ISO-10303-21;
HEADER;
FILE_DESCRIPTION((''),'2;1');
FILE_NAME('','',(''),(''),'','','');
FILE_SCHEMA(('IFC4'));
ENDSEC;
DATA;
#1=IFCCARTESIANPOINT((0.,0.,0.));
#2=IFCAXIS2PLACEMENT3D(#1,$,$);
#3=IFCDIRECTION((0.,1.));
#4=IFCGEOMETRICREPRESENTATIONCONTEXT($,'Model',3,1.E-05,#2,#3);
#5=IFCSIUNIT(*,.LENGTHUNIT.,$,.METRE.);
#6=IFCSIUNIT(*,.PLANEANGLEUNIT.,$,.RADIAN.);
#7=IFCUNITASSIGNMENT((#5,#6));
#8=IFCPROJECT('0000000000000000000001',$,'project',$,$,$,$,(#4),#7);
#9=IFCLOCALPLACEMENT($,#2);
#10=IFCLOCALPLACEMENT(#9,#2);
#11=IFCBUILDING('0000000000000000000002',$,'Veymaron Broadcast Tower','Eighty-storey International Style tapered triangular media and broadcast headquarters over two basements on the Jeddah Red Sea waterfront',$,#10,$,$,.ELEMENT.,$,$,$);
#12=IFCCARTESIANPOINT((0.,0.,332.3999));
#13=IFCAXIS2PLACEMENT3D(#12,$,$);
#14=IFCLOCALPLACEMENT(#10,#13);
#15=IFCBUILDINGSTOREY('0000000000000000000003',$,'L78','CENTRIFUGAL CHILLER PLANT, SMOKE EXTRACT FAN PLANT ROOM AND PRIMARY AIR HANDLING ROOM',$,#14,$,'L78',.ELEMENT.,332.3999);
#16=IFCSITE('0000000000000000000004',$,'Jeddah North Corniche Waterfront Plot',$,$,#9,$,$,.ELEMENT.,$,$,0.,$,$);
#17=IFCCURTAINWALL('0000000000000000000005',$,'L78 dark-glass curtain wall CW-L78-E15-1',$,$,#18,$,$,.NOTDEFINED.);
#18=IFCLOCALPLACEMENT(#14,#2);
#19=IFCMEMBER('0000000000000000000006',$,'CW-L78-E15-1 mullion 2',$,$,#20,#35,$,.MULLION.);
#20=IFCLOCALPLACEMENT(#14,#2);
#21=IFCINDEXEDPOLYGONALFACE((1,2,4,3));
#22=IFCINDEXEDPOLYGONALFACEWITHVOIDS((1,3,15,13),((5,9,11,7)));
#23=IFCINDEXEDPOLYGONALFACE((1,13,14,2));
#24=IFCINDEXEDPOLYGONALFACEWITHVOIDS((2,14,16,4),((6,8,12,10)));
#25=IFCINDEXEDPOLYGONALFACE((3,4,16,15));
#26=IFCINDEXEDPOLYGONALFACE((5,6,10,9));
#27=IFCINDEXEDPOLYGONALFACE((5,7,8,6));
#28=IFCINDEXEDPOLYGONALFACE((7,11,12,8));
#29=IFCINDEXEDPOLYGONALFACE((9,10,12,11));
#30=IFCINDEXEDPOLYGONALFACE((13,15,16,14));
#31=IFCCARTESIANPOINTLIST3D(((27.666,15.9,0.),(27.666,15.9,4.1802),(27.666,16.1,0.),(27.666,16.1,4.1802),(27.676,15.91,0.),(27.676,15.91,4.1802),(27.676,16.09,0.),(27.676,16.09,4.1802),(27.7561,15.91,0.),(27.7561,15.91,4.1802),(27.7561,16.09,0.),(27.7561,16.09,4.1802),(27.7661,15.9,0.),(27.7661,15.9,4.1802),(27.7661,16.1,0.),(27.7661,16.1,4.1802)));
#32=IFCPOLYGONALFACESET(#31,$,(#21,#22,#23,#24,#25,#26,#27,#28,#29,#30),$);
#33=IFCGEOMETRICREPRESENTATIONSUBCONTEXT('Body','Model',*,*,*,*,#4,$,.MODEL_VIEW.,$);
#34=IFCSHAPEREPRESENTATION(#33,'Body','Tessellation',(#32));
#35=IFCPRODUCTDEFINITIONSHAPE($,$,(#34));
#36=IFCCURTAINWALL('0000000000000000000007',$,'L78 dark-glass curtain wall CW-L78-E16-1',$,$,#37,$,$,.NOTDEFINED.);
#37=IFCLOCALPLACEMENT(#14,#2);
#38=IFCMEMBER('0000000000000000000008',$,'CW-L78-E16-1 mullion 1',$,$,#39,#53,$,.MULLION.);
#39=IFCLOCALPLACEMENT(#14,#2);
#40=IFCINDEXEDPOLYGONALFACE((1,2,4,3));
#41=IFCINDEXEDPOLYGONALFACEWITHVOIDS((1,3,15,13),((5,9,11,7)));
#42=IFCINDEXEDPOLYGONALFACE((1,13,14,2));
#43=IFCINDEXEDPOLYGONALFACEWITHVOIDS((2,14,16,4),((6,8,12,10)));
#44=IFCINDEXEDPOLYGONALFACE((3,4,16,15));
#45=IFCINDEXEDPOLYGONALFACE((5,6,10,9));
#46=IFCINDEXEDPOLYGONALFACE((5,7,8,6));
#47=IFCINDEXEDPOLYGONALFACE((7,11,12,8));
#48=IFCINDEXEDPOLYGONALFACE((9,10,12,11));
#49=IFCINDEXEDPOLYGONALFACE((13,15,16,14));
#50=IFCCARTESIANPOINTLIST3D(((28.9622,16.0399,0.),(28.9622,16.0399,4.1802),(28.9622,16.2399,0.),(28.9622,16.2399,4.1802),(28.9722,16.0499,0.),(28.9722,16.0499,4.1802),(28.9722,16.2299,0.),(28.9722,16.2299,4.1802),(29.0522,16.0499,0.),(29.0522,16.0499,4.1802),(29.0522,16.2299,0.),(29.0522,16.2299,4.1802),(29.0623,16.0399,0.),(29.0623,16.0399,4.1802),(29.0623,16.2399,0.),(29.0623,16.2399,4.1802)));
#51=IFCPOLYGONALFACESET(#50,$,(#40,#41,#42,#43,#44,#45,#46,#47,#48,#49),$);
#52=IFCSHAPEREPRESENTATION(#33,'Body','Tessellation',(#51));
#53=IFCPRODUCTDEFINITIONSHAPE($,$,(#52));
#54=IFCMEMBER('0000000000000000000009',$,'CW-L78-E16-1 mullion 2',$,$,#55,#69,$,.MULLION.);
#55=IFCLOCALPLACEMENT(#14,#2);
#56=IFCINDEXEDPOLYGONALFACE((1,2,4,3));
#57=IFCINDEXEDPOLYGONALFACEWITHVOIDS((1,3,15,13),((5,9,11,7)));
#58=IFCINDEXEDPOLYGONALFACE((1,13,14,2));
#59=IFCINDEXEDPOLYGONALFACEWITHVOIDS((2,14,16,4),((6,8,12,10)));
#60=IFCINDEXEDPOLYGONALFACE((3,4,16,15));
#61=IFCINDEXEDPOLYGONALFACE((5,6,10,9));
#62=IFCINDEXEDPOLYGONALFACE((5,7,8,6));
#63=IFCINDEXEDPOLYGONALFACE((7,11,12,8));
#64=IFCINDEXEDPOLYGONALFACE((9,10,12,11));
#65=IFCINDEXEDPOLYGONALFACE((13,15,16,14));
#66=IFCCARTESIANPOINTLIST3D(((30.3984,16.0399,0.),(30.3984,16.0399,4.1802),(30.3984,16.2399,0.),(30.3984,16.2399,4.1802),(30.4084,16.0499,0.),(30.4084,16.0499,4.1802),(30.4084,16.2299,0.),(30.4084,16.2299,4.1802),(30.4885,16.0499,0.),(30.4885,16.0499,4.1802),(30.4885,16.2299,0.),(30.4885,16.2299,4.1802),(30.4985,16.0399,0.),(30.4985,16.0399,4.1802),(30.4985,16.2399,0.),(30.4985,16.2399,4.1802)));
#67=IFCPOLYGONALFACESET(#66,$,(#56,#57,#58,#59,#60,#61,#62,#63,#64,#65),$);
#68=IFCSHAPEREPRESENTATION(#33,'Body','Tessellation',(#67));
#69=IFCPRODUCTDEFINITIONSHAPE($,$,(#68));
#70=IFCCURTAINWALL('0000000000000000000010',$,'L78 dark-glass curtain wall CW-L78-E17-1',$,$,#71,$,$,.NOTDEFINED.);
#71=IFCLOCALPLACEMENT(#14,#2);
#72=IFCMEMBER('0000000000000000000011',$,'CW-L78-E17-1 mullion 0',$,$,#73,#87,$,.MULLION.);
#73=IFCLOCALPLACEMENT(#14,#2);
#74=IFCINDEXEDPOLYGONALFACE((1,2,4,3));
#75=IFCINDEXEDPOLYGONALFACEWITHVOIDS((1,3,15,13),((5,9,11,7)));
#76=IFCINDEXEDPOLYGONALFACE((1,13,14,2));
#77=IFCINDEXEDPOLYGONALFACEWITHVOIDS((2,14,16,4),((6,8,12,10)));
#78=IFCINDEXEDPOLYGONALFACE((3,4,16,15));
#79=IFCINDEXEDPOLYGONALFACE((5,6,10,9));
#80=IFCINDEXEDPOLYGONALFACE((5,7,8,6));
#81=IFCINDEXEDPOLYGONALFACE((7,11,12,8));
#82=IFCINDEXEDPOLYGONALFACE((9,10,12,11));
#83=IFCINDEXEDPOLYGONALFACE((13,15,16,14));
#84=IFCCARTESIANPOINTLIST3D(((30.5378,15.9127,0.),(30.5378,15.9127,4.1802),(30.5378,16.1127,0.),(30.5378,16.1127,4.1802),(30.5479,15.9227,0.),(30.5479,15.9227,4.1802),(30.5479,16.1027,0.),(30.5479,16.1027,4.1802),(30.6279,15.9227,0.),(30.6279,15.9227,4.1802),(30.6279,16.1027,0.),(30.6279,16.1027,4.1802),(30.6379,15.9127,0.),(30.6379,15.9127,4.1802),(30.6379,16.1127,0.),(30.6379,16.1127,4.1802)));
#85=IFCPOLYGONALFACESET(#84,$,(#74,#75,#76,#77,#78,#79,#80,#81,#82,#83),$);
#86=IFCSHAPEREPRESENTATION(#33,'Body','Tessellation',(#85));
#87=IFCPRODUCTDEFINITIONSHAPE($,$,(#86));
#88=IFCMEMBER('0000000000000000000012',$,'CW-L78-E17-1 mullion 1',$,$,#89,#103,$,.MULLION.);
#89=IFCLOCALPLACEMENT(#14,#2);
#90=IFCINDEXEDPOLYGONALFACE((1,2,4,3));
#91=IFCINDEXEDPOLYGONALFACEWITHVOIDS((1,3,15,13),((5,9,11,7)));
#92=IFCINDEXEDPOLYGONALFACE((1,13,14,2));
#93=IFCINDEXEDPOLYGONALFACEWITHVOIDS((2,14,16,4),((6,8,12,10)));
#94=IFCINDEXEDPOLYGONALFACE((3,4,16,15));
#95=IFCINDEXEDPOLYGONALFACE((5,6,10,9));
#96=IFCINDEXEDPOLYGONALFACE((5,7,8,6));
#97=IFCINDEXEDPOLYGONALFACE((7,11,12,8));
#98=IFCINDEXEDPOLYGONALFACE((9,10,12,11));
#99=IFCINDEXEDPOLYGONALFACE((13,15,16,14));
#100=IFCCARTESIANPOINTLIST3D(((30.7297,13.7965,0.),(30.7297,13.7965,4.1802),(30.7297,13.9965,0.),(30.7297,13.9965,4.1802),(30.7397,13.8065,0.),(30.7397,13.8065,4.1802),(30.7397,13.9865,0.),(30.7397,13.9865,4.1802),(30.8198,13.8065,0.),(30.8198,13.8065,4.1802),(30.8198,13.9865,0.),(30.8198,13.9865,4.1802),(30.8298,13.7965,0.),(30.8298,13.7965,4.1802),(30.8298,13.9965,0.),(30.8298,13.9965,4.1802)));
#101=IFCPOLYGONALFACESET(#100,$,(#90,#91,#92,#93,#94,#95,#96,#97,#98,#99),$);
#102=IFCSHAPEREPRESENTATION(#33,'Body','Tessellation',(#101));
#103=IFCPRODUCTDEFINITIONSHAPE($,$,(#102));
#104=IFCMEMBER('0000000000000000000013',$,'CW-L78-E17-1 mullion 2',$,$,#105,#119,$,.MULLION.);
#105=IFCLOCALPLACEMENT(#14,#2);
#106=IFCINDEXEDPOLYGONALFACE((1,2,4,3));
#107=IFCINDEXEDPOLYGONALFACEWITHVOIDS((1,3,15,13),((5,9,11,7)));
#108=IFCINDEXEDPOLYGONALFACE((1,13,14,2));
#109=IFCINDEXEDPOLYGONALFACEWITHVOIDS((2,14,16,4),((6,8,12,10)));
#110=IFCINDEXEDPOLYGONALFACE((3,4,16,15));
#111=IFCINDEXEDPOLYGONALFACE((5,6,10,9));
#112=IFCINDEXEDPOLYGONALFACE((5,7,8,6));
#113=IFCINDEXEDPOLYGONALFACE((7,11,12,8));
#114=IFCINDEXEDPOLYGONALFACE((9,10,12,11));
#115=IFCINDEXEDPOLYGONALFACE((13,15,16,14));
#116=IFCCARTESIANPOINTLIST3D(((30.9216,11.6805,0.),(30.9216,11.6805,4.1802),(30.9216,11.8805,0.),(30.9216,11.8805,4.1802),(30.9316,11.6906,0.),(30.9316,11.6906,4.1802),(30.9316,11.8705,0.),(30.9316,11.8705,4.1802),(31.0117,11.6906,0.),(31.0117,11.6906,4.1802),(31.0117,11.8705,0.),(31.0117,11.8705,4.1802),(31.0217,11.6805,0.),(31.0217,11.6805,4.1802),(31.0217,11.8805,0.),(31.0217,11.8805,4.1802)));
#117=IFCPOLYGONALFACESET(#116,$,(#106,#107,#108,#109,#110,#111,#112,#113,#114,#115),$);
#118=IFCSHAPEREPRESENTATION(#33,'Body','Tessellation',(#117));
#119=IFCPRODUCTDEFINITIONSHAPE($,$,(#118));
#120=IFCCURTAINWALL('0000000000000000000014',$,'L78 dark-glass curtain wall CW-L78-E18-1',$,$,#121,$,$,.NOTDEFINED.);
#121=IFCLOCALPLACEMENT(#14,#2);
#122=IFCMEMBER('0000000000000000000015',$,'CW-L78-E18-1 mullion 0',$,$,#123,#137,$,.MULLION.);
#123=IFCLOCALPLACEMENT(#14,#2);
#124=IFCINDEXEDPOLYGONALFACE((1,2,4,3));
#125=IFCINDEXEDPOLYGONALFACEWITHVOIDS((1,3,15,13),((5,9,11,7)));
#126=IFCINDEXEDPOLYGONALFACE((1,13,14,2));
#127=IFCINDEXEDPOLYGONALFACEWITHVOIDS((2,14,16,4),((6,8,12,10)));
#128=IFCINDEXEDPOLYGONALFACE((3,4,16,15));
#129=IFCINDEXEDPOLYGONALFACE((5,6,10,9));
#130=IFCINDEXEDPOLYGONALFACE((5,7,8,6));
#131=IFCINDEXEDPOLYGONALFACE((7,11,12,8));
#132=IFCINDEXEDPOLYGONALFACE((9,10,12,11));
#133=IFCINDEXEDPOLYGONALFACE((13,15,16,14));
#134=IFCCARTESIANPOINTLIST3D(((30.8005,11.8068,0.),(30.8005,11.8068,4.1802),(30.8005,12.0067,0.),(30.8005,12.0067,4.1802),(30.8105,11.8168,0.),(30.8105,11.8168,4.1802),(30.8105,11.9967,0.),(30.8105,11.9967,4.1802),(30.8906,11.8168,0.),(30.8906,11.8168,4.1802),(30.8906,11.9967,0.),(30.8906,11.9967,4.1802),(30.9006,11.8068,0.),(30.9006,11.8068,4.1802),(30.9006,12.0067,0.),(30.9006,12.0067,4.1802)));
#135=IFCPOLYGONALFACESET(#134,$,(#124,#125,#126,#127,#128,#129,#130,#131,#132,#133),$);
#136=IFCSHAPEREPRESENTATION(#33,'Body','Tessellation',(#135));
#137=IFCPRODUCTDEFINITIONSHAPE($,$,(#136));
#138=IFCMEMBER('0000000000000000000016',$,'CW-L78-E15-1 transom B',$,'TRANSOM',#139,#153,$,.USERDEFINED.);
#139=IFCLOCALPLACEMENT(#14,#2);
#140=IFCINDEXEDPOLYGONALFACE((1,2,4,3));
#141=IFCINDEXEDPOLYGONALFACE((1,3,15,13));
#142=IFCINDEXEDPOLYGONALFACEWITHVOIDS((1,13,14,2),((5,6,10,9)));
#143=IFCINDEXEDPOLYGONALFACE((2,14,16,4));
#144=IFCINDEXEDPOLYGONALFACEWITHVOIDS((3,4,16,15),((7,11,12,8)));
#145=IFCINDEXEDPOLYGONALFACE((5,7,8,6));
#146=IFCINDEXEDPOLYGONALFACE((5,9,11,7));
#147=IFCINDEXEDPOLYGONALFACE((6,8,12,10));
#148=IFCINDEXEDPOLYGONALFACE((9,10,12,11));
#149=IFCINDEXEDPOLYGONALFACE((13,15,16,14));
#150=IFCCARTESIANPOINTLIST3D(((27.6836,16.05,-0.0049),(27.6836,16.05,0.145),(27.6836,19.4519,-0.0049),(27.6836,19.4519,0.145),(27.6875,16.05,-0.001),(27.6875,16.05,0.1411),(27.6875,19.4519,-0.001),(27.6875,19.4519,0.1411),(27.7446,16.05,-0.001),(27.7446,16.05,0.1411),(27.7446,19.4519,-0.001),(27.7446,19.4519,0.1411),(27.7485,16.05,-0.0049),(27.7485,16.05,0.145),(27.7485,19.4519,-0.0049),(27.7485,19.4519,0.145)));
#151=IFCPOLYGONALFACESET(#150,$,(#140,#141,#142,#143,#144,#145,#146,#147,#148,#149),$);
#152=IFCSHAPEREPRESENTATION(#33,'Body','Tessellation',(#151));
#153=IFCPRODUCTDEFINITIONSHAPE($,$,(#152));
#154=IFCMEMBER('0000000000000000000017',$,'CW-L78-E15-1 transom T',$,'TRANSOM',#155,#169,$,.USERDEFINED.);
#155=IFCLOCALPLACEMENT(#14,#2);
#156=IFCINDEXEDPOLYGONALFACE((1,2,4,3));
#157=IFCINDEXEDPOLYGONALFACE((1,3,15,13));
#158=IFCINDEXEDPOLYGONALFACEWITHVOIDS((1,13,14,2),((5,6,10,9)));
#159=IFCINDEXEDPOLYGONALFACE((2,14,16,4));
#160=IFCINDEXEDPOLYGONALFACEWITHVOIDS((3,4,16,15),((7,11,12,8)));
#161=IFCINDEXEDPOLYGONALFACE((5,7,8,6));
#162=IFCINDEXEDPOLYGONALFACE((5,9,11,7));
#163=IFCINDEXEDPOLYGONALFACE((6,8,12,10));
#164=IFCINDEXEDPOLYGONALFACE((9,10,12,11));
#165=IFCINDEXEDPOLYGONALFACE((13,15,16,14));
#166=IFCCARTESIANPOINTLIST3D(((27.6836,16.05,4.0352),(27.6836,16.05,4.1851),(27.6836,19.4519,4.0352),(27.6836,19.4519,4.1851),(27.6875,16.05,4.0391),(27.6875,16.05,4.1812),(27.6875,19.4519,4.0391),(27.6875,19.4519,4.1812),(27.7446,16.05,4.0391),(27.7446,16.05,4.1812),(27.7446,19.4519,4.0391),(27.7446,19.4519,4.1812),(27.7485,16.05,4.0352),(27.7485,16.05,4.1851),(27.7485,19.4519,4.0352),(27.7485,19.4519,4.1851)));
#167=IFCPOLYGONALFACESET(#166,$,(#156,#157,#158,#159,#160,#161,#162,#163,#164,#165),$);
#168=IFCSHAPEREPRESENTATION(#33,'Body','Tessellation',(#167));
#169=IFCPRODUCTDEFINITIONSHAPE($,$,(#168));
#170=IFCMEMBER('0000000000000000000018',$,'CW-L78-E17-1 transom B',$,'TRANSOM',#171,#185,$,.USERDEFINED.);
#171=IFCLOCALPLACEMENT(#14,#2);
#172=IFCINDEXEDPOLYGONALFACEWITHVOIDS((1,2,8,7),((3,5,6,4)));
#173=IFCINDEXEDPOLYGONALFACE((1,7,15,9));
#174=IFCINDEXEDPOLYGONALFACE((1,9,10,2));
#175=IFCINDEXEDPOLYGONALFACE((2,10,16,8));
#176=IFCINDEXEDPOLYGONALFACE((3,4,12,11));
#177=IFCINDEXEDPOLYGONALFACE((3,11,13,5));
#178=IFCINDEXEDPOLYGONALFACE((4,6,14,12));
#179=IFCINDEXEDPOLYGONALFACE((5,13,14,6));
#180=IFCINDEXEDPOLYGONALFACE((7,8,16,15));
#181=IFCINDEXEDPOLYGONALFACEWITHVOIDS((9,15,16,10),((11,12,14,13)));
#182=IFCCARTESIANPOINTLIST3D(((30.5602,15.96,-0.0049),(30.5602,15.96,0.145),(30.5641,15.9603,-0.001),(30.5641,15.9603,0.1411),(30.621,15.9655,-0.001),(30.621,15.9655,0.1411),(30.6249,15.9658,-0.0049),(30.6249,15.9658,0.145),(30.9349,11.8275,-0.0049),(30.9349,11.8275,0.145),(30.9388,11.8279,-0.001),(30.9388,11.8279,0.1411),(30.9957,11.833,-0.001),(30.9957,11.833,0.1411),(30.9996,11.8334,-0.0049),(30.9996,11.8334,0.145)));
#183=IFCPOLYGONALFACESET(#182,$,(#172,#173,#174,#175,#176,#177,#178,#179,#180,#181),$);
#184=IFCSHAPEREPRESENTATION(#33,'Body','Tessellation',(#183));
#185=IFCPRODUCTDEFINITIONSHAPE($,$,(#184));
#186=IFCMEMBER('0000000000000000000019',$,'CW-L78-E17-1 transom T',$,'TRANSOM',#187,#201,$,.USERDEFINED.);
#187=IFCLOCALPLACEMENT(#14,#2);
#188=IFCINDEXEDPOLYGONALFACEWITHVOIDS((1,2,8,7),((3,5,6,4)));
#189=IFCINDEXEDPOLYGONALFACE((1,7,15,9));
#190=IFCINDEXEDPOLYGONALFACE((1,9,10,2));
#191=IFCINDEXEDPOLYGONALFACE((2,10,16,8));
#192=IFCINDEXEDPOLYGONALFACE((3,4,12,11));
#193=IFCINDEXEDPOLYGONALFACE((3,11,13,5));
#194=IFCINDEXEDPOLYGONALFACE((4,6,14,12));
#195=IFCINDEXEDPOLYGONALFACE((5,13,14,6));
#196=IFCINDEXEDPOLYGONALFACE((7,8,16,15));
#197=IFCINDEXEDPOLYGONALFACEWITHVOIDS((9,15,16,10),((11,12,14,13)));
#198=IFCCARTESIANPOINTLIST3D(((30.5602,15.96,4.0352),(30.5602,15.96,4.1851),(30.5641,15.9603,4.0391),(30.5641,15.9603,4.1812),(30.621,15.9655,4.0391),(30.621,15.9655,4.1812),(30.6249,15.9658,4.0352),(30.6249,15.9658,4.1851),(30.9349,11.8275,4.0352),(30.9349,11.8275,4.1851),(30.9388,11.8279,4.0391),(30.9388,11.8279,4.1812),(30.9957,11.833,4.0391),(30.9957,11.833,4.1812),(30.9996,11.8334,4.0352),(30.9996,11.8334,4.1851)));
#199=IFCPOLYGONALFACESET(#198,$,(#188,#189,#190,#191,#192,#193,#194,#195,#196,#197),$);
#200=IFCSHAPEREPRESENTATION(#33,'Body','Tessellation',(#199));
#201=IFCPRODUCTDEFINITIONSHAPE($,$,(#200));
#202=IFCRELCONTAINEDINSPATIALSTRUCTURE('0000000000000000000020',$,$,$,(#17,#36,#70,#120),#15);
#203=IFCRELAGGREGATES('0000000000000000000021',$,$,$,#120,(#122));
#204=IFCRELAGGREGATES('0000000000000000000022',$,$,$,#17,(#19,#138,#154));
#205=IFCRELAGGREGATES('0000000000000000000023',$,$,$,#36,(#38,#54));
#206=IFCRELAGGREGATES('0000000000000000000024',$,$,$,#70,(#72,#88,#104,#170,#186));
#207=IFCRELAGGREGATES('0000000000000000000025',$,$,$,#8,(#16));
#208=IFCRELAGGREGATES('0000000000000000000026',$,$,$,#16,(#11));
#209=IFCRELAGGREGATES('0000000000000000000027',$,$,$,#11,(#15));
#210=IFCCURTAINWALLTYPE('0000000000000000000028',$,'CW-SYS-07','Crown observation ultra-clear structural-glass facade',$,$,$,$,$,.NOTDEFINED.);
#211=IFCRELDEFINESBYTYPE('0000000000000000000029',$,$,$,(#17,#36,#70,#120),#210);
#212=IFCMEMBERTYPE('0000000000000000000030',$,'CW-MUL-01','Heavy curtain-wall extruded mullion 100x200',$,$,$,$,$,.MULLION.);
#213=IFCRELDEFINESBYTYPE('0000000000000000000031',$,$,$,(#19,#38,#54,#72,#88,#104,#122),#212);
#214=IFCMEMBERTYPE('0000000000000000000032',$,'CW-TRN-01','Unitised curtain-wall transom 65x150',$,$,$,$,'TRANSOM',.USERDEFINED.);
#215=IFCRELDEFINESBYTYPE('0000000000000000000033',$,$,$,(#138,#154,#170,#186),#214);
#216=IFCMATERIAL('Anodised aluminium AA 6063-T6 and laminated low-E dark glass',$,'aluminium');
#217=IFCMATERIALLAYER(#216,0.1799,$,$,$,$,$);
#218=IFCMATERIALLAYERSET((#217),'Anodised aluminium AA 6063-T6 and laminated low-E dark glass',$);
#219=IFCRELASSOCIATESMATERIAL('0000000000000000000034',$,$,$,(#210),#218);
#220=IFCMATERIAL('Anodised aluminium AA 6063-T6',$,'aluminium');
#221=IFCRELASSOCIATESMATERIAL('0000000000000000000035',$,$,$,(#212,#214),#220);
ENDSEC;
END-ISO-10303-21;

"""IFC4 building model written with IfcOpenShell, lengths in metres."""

from ifc_helpers import new_model, si_unit, direction, frame, origin, origin_2d, place, context, subcontext, project, spatial, hollow_rectangle, extrude, material, layer, layer_set, material_profile, profile_set, type_object, element, aggregate, save


model = new_model("IFC4")

# Units and contexts
model_context = context("Model", 3, precision=1e-05, world=origin(), true_north=direction((0.0, 1.0)))
body_context = subcontext(model_context, "Body", "Model", "MODEL_VIEW")
ifc_project = project(units=[si_unit("LENGTHUNIT", "METRE"), si_unit("PLANEANGLEUNIT", "RADIAN")], contexts=[model_context])

# Site, building, storey
site_placement = place(None, origin())
site = spatial("IfcSite", under=ifc_project, at=site_placement, Name="Jeddah North Corniche Waterfront Plot", CompositionType="ELEMENT", RefElevation=0.0)
building_placement = place(site_placement, origin())
building = spatial("IfcBuilding", under=site, at=building_placement, Name="Veymaron Broadcast Tower", Description="Eighty-storey International Style tapered triangular media and broadcast headquarters over two basements on the Jeddah Red Sea waterfront", CompositionType="ELEMENT")
storey_placement = place(building_placement, frame((0.0, 0.0, 332.3999)))
storey = spatial("IfcBuildingStorey", under=building, at=storey_placement, Name="L78", Description="CENTRIFUGAL CHILLER PLANT, SMOKE EXTRACT FAN PLANT ROOM AND PRIMARY AIR HANDLING ROOM", LongName="L78", CompositionType="ELEMENT", Elevation=332.3999)

# Curtain walls, members
ifc_material_1 = material(Name="Anodised aluminium AA 6063-T6 and laminated low-E dark glass", Category="aluminium")
ifc_layer_1 = layer(ifc_material_1, 0.1799)
ifc_layer_set_1 = layer_set([ifc_layer_1], Name="Anodised aluminium AA 6063-T6 and laminated low-E dark glass")
curtain_wall_type = type_object("IfcCurtainWallType", Name="CW-SYS-07", Description="Crown observation ultra-clear structural-glass facade", PredefinedType="NOTDEFINED", material=ifc_layer_set_1)
curtain_wall_1_placement = place(storey_placement, origin())
curtain_wall_1 = element("IfcCurtainWall", 1, at=curtain_wall_1_placement, inside=storey, type_object=curtain_wall_type, Name="L78 dark-glass curtain wall CW-L78-E15-1", PredefinedType="NOTDEFINED")
ifc_material_2 = material(Name="Anodised aluminium AA 6063-T6", Category="aluminium")
ifc_material_profile_1 = material_profile(ifc_material_2, hollow_rectangle(XDim=0.1001, YDim=0.2, WallThickness=0.01, at=origin_2d()), Name="RHS200X100X10")
ifc_profile_set_1 = profile_set([ifc_material_profile_1], Name="Anodised aluminium AA 6063-T6")
member_type_1 = type_object("IfcMemberType", Name="CW-MUL-01", Description="Heavy curtain-wall extruded mullion 100x200", PredefinedType="MULLION", material=ifc_profile_set_1)
member_1_placement = place(storey_placement, frame((27.7161, 16.0, 0.0), z_axis=(0.0, 0.0, 1.0), x_axis=(1.0, 0.0, 0.0)))
member_1 = element("IfcMember", 2, at=member_1_placement, type_object=member_type_1, Name="CW-L78-E15-1 mullion 2", PredefinedType="MULLION", context=body_context, shape_type="SweptSolid", body=[
    extrude(hollow_rectangle(XDim=0.1001, YDim=0.2, WallThickness=0.01, at=origin_2d()), origin(), (0.0, 0.0, 1.0), 4.1802),
])
curtain_wall_2_placement = place(storey_placement, origin())
curtain_wall_2 = element("IfcCurtainWall", 3, at=curtain_wall_2_placement, inside=storey, type_object=curtain_wall_type, Name="L78 dark-glass curtain wall CW-L78-E16-1", PredefinedType="NOTDEFINED")
member_2_placement = place(storey_placement, frame((29.0122, 16.1399, 0.0), z_axis=(0.0, 0.0, 1.0), x_axis=(1.0, 0.0, 0.0)))
member_2 = element("IfcMember", 4, at=member_2_placement, type_object=member_type_1, Name="CW-L78-E16-1 mullion 1", PredefinedType="MULLION", context=body_context, shape_type="SweptSolid", body=[
    extrude(hollow_rectangle(XDim=0.1001, YDim=0.2, WallThickness=0.01, at=origin_2d()), origin(), (0.0, 0.0, 1.0), 4.1802),
])
member_3_placement = place(storey_placement, frame((30.4485, 16.1399, 0.0), z_axis=(0.0, 0.0, 1.0), x_axis=(1.0, 0.0, 0.0)))
member_3 = element("IfcMember", 5, at=member_3_placement, type_object=member_type_1, Name="CW-L78-E16-1 mullion 2", PredefinedType="MULLION", context=body_context, shape_type="SweptSolid", body=[
    extrude(hollow_rectangle(XDim=0.1001, YDim=0.2, WallThickness=0.01, at=origin_2d()), origin(), (0.0, 0.0, 1.0), 4.1802),
])
curtain_wall_3_placement = place(storey_placement, origin())
curtain_wall_3 = element("IfcCurtainWall", 6, at=curtain_wall_3_placement, inside=storey, type_object=curtain_wall_type, Name="L78 dark-glass curtain wall CW-L78-E17-1", PredefinedType="NOTDEFINED")
member_4_placement = place(storey_placement, frame((30.5879, 16.0127, 0.0), z_axis=(0.0, 0.0, 1.0), x_axis=(1.0, 0.0, 0.0)))
member_4 = element("IfcMember", 7, at=member_4_placement, type_object=member_type_1, Name="CW-L78-E17-1 mullion 0", PredefinedType="MULLION", context=body_context, shape_type="SweptSolid", body=[
    extrude(hollow_rectangle(XDim=0.1001, YDim=0.2, WallThickness=0.01, at=origin_2d()), origin(), (0.0, 0.0, 1.0), 4.1802),
])
member_5_placement = place(storey_placement, frame((30.7798, 13.8965, 0.0), z_axis=(0.0, 0.0, 1.0), x_axis=(1.0, 0.0, 0.0)))
member_5 = element("IfcMember", 8, at=member_5_placement, type_object=member_type_1, Name="CW-L78-E17-1 mullion 1", PredefinedType="MULLION", context=body_context, shape_type="SweptSolid", body=[
    extrude(hollow_rectangle(XDim=0.1001, YDim=0.2, WallThickness=0.01, at=origin_2d()), origin(), (0.0, 0.0, 1.0), 4.1802),
])
member_6_placement = place(storey_placement, frame((30.9717, 11.7805, 0.0), z_axis=(0.0, 0.0, 1.0), x_axis=(1.0, 0.0, 0.0)))
member_6 = element("IfcMember", 9, at=member_6_placement, type_object=member_type_1, Name="CW-L78-E17-1 mullion 2", PredefinedType="MULLION", context=body_context, shape_type="SweptSolid", body=[
    extrude(hollow_rectangle(XDim=0.1001, YDim=0.2, WallThickness=0.01, at=origin_2d()), origin(), (0.0, 0.0, 1.0), 4.1802),
])

# Curtain wall, member
curtain_wall_4_placement = place(storey_placement, origin())
curtain_wall_4 = element("IfcCurtainWall", 10, at=curtain_wall_4_placement, inside=storey, type_object=curtain_wall_type, Name="L78 dark-glass curtain wall CW-L78-E18-1", PredefinedType="NOTDEFINED")
member_7_placement = place(storey_placement, frame((30.8506, 11.9067, 0.0), z_axis=(0.0, 0.0, 1.0), x_axis=(1.0, 0.0, 0.0)))
member_7 = element("IfcMember", 11, at=member_7_placement, type_object=member_type_1, Name="CW-L78-E18-1 mullion 0", PredefinedType="MULLION", context=body_context, shape_type="SweptSolid", body=[
    extrude(hollow_rectangle(XDim=0.1001, YDim=0.2, WallThickness=0.01, at=origin_2d()), origin(), (0.0, 0.0, 1.0), 4.1802),
])

# Members
ifc_material_profile_2 = material_profile(ifc_material_2, hollow_rectangle(XDim=0.0649, YDim=0.1499, WallThickness=0.0039, at=origin_2d()), Name="AL150X65X4")
ifc_profile_set_2 = profile_set([ifc_material_profile_2], Name="Anodised aluminium AA 6063-T6")
member_type_2 = type_object("IfcMemberType", Name="CW-TRN-01", Description="Unitised curtain-wall transom 65x150", ElementType="TRANSOM", PredefinedType="USERDEFINED", material=ifc_profile_set_2)
member_8_placement = place(storey_placement, frame((27.7161, 19.4519, 0.0701), z_axis=(0.0, -1.0, 0.0), x_axis=(1.0, 0.0, 0.0)))
member_8 = element("IfcMember", 12, at=member_8_placement, type_object=member_type_2, Name="CW-L78-E15-1 transom B", ObjectType="TRANSOM", PredefinedType="USERDEFINED", context=body_context, shape_type="SweptSolid", body=[
    extrude(hollow_rectangle(XDim=0.0649, YDim=0.1499, WallThickness=0.0039, at=origin_2d()), origin(), (0.0, 0.0, 1.0), 3.4019),
])
member_9_placement = place(storey_placement, frame((27.7161, 19.4519, 4.1101), z_axis=(0.0, -1.0, 0.0), x_axis=(1.0, 0.0, 0.0)))
member_9 = element("IfcMember", 13, at=member_9_placement, type_object=member_type_2, Name="CW-L78-E15-1 transom T", ObjectType="TRANSOM", PredefinedType="USERDEFINED", context=body_context, shape_type="SweptSolid", body=[
    extrude(hollow_rectangle(XDim=0.0649, YDim=0.1499, WallThickness=0.0039, at=origin_2d()), origin(), (0.0, 0.0, 1.0), 3.4019),
])
member_10_placement = place(storey_placement, frame((30.5925, 15.9629, 0.0701), z_axis=(0.090313, -0.995913, 0.0), x_axis=(0.995913, 0.090313, 0.0)))
member_10 = element("IfcMember", 14, at=member_10_placement, type_object=member_type_2, Name="CW-L78-E17-1 transom B", ObjectType="TRANSOM", PredefinedType="USERDEFINED", context=body_context, shape_type="SweptSolid", body=[
    extrude(hollow_rectangle(XDim=0.0649, YDim=0.1499, WallThickness=0.0039, at=origin_2d()), origin(), (0.0, 0.0, 1.0), 4.1494),
])
member_11_placement = place(storey_placement, frame((30.5925, 15.9629, 4.1101), z_axis=(0.090313, -0.995913, 0.0), x_axis=(0.995913, 0.090313, 0.0)))
member_11 = element("IfcMember", 15, at=member_11_placement, type_object=member_type_2, Name="CW-L78-E17-1 transom T", ObjectType="TRANSOM", PredefinedType="USERDEFINED", context=body_context, shape_type="SweptSolid", body=[
    extrude(hollow_rectangle(XDim=0.0649, YDim=0.1499, WallThickness=0.0039, at=origin_2d()), origin(), (0.0, 0.0, 1.0), 4.1494),
])
aggregate(curtain_wall_4, [member_7])

aggregate(curtain_wall_1, [member_1, member_8, member_9])
aggregate(curtain_wall_2, [member_2, member_3])
aggregate(curtain_wall_3, [member_4, member_5, member_6, member_10, member_11])

save(model, "model.ifc")
